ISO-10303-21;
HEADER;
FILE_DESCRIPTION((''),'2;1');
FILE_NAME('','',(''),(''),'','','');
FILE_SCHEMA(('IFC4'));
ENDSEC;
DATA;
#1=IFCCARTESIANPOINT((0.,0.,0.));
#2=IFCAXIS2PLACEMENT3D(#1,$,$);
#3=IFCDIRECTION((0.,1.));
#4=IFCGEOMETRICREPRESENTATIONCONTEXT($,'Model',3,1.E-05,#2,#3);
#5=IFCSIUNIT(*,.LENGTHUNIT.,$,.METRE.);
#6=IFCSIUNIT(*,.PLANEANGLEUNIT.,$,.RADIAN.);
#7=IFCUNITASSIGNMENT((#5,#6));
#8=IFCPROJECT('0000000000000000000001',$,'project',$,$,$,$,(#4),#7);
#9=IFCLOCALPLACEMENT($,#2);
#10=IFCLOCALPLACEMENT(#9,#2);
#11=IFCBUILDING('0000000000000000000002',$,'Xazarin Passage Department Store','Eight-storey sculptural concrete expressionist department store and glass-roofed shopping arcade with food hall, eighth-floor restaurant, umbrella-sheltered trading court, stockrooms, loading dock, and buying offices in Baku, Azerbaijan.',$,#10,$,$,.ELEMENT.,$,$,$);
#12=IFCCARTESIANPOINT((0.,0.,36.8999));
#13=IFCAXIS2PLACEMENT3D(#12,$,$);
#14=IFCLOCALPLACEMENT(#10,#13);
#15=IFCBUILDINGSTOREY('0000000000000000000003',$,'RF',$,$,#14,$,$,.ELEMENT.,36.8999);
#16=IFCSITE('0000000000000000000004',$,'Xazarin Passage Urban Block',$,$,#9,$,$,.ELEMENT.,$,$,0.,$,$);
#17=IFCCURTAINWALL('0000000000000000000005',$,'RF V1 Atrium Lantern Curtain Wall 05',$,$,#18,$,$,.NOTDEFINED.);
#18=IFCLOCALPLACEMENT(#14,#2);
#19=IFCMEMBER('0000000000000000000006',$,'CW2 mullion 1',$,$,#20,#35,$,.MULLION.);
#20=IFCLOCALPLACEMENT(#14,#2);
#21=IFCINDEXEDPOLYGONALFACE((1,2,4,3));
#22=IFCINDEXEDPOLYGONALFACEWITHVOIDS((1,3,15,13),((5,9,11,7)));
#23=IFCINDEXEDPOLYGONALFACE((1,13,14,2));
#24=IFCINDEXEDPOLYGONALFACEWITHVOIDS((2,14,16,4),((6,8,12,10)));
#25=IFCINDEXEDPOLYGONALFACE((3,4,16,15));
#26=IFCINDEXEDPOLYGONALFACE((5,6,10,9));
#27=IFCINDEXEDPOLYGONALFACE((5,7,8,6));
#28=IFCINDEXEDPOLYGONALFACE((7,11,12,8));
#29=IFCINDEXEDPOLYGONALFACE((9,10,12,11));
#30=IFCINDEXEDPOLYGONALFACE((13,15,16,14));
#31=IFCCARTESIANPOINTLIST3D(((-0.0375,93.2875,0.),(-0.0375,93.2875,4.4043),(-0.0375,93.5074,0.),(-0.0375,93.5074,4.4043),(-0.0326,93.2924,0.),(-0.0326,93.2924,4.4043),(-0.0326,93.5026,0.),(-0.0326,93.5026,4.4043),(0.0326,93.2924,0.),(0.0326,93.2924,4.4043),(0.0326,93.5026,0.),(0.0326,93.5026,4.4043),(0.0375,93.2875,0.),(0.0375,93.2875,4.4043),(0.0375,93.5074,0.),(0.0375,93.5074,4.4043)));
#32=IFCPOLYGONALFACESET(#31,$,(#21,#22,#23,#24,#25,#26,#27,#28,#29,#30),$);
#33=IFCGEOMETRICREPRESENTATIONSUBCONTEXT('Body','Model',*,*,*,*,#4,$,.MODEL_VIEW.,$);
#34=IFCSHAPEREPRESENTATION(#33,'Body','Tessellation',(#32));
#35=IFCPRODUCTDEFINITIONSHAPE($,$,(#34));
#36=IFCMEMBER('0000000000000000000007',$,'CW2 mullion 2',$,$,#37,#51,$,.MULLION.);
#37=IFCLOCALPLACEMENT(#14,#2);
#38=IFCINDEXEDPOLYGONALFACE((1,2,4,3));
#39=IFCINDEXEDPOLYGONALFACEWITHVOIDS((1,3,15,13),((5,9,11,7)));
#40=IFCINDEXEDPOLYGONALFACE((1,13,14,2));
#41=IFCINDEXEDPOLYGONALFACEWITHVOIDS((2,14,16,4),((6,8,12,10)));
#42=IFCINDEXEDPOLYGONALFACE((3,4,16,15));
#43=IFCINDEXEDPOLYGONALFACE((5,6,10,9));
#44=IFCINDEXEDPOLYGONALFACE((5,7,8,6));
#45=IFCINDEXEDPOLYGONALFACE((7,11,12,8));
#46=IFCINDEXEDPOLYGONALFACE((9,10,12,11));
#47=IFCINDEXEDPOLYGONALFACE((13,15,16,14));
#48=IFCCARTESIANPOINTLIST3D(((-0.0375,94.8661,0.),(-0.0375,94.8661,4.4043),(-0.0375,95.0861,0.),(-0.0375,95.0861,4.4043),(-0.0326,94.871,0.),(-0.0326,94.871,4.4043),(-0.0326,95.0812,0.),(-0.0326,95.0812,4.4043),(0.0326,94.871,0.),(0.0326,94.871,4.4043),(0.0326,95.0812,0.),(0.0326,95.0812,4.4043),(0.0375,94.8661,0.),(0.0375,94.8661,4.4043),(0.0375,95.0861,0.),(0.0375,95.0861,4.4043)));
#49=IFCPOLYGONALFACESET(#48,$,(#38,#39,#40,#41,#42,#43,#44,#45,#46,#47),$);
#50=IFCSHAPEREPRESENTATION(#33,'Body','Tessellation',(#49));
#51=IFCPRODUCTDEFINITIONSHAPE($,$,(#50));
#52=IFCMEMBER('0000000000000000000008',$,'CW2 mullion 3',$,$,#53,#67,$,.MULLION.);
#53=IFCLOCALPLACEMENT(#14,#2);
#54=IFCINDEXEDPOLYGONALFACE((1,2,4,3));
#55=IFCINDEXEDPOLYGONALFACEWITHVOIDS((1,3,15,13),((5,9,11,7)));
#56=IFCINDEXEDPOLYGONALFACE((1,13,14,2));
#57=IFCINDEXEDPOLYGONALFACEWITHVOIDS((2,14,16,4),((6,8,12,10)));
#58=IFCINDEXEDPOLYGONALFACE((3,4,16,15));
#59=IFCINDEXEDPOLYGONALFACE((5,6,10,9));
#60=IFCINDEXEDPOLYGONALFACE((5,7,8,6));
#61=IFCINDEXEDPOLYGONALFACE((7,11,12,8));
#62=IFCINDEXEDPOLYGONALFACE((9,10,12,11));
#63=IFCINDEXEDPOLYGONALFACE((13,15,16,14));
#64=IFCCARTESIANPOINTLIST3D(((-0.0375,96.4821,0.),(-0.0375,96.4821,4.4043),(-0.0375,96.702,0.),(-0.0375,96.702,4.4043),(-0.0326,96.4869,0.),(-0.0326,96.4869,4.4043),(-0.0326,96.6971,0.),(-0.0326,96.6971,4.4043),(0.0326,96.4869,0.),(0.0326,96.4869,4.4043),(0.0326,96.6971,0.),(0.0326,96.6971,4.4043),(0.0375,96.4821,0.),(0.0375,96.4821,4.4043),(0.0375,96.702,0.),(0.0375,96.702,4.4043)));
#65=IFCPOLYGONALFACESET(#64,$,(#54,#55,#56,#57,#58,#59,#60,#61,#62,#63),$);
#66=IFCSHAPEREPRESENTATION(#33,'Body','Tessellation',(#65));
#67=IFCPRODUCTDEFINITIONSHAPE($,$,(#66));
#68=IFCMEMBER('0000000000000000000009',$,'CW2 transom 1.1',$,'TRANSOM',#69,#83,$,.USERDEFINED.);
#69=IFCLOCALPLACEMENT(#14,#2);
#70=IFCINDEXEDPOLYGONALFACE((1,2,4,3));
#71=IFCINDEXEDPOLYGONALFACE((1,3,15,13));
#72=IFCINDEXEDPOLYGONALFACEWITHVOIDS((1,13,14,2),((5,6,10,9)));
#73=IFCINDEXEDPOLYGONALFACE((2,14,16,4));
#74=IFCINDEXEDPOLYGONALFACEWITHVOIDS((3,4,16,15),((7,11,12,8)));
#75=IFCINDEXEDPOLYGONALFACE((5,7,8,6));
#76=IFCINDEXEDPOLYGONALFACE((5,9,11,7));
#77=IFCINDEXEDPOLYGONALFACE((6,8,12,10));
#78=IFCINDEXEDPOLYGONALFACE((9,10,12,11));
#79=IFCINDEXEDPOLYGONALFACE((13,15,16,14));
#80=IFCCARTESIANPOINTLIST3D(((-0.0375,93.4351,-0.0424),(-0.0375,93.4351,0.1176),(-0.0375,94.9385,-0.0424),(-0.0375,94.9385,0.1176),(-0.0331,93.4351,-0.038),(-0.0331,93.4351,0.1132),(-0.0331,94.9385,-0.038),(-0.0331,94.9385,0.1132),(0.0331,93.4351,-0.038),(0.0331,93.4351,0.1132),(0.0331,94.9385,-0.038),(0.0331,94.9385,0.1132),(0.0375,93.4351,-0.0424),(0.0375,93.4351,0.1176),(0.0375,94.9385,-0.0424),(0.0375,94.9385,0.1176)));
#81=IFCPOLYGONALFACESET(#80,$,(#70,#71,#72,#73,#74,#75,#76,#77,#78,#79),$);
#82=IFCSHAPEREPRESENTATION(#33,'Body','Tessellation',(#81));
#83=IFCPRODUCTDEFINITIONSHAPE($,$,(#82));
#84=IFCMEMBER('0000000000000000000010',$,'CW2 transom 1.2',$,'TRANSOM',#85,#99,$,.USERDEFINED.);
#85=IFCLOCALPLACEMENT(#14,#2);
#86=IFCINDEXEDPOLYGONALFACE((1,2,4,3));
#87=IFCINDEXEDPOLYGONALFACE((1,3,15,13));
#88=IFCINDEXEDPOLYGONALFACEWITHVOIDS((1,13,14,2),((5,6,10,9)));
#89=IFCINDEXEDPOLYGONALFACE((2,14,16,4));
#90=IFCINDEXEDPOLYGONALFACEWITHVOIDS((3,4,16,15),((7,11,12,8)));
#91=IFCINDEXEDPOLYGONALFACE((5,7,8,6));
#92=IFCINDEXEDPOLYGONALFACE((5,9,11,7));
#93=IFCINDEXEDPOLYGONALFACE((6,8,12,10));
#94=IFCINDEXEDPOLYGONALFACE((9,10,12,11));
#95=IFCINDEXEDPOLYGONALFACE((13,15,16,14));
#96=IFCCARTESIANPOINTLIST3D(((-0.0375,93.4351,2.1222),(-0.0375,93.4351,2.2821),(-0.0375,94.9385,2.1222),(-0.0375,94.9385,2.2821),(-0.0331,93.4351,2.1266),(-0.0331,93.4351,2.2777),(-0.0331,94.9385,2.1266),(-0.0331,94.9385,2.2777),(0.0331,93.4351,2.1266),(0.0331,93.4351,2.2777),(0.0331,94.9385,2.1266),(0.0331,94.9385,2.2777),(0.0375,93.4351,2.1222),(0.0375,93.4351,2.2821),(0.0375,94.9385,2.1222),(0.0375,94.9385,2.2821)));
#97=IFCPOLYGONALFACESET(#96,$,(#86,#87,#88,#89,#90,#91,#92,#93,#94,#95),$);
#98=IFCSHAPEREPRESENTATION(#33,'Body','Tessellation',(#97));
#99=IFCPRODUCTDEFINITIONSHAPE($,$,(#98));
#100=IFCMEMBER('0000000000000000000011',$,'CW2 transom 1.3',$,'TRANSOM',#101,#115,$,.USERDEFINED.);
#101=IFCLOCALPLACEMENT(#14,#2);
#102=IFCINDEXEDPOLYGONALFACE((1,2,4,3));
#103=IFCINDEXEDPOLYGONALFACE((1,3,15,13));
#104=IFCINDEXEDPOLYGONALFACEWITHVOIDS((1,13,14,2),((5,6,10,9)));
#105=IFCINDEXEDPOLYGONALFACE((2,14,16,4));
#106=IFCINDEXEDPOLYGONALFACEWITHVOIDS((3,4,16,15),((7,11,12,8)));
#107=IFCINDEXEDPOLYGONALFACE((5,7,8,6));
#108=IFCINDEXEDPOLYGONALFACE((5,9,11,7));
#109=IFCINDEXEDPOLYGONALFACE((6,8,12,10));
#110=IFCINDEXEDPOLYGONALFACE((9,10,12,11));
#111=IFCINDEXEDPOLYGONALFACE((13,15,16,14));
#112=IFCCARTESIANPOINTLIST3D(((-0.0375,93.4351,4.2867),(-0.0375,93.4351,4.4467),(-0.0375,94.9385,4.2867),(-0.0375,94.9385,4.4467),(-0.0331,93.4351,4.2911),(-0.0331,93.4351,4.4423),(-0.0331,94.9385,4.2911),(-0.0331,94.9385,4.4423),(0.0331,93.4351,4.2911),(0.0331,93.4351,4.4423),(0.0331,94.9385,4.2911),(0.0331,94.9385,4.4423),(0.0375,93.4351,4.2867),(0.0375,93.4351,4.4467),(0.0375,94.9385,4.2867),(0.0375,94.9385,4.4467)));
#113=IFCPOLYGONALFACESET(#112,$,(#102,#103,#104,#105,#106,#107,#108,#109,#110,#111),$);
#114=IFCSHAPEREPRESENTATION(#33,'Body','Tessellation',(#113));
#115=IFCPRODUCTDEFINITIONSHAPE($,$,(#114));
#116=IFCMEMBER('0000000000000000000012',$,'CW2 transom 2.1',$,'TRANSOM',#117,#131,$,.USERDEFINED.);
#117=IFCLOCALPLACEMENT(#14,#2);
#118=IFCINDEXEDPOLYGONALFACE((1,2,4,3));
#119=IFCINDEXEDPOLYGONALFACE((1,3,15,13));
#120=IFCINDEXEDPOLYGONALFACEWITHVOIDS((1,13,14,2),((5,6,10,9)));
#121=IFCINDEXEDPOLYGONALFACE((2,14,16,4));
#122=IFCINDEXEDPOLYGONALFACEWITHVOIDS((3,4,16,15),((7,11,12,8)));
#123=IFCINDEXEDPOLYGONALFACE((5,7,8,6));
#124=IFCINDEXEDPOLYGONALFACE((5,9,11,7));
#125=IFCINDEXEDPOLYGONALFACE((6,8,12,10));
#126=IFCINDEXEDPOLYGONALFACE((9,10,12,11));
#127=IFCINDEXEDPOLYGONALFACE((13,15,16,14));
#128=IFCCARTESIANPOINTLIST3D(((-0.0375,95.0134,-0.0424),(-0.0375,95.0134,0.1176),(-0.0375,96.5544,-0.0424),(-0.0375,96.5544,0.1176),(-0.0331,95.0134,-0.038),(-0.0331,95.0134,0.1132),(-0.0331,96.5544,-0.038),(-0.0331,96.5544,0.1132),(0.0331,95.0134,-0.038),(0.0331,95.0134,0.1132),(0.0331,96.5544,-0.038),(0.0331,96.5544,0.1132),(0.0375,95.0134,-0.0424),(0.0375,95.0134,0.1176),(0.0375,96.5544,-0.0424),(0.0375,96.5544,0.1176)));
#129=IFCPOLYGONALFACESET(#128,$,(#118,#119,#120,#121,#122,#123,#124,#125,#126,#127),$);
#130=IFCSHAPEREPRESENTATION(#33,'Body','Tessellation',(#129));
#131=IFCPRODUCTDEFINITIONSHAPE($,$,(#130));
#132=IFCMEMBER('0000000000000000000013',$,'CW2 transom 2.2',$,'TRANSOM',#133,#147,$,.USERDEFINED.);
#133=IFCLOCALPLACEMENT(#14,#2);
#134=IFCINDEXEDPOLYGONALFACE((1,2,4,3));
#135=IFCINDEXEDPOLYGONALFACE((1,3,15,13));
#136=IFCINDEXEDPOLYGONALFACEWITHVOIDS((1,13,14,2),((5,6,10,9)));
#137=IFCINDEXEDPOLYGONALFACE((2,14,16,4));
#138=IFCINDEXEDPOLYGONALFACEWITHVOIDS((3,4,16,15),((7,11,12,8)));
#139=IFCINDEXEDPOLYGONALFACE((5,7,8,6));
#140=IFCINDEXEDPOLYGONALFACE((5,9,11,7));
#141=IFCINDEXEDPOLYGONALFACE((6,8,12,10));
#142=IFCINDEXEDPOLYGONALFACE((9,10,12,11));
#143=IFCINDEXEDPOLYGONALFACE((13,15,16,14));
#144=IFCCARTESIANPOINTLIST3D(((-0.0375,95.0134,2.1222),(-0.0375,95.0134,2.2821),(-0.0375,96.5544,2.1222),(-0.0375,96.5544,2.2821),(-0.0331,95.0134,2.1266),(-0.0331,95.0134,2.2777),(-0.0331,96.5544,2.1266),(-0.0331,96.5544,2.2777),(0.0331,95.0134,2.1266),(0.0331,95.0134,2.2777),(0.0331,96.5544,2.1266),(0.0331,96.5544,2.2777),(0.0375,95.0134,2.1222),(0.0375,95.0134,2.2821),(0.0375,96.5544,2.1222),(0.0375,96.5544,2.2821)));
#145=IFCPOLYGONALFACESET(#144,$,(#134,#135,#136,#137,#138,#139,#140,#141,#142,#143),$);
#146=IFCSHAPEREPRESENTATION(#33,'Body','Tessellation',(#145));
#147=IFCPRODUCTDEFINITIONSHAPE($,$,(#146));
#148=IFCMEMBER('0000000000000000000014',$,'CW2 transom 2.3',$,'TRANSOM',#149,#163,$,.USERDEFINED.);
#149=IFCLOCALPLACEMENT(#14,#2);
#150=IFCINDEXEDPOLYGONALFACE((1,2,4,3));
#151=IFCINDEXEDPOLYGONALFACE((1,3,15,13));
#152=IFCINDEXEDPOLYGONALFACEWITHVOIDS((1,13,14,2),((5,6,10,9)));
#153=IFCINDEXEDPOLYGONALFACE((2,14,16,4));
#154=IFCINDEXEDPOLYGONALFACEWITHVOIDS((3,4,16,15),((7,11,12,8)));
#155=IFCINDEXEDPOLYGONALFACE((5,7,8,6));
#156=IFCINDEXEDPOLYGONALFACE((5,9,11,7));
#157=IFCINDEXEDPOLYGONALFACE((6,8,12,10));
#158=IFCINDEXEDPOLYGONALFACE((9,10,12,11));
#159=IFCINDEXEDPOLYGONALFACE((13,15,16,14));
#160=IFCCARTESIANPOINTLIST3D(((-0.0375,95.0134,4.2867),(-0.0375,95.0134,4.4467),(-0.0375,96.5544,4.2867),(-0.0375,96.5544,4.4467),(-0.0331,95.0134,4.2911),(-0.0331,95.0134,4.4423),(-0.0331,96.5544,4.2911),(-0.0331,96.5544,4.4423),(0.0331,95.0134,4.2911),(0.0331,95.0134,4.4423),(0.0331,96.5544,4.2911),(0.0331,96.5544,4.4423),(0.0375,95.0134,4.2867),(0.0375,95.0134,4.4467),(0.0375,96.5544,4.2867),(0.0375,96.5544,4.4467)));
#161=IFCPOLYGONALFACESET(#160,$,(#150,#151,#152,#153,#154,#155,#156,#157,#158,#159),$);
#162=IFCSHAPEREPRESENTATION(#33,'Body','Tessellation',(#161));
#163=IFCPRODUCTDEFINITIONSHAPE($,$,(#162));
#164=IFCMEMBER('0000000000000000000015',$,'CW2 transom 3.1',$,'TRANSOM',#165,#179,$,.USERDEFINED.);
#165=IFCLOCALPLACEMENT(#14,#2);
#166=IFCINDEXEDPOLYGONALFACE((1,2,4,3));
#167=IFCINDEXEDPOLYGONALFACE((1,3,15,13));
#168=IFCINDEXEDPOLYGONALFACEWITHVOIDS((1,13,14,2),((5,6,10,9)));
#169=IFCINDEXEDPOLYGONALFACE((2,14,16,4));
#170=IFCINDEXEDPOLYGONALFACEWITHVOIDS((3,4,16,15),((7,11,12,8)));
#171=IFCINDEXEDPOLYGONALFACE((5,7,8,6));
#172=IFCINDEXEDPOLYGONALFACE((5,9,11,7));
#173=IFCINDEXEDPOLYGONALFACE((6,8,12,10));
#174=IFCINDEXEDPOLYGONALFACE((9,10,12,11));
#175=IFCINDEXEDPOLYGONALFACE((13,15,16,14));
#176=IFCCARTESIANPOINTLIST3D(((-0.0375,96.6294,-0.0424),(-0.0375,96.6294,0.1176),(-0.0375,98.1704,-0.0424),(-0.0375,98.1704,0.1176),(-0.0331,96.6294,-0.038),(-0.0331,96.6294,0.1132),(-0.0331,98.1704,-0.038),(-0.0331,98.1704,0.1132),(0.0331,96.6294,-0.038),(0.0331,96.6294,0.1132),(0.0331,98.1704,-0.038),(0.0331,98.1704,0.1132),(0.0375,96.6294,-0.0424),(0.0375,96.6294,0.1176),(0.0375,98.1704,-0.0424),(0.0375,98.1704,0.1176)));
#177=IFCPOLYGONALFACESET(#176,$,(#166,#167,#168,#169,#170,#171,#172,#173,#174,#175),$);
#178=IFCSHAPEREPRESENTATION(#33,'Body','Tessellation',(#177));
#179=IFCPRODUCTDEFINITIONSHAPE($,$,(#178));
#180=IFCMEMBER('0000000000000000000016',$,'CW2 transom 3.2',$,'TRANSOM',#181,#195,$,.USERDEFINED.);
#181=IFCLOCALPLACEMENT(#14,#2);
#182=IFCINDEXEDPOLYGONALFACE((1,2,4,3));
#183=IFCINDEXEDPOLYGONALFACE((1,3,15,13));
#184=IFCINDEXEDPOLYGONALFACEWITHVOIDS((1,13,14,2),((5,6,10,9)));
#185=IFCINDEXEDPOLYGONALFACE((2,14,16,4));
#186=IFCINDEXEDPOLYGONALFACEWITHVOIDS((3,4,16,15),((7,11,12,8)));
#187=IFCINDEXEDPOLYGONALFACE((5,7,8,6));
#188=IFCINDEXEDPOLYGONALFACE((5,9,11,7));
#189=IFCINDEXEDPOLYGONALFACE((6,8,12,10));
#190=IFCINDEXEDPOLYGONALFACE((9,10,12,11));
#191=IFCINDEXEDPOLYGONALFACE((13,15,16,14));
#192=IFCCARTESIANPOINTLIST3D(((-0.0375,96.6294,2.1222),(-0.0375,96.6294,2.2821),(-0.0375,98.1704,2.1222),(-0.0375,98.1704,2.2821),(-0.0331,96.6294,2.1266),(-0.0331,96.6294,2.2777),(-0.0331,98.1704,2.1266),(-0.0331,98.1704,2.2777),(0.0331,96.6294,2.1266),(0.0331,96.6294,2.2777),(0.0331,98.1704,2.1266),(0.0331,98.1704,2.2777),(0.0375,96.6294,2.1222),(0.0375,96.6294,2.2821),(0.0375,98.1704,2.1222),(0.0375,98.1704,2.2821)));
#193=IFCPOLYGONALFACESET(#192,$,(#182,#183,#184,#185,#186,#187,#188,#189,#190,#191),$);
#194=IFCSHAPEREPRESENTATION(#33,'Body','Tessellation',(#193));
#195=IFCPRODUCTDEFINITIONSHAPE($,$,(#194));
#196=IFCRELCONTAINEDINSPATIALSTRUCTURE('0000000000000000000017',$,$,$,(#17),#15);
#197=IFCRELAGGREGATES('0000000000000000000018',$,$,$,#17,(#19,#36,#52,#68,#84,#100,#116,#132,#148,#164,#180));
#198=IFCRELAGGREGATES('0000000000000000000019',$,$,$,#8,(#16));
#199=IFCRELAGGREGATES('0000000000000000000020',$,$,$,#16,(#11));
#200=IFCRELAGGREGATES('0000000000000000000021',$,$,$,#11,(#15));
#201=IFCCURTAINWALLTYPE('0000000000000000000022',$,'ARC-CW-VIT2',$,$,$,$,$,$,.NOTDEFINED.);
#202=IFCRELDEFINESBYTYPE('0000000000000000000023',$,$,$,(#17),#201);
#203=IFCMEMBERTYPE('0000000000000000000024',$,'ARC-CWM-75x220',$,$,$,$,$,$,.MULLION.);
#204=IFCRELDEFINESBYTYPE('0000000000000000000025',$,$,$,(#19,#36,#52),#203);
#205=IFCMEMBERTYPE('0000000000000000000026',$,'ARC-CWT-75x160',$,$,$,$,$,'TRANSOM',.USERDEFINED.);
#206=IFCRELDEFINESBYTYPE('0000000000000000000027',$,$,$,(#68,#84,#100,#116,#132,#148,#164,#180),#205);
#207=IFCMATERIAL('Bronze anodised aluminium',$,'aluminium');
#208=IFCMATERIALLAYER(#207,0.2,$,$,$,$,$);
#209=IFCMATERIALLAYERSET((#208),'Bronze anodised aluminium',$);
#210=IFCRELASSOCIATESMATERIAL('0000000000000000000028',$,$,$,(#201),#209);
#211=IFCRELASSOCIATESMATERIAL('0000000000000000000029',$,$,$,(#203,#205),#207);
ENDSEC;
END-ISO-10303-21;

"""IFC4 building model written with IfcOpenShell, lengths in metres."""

from ifc_helpers import new_model, si_unit, direction, frame, origin, origin_2d, place, context, subcontext, project, spatial, hollow_rectangle, extrude, material, layer, layer_set, material_profile, profile_set, type_object, element, aggregate, save


model = new_model("IFC4")

# Units and contexts
model_context = context("Model", 3, precision=1e-05, world=origin(), true_north=direction((0.0, 1.0)))
body_context = subcontext(model_context, "Body", "Model", "MODEL_VIEW")
ifc_project = project(units=[si_unit("LENGTHUNIT", "METRE"), si_unit("PLANEANGLEUNIT", "RADIAN")], contexts=[model_context])

# Site, building, storey
site_placement = place(None, origin())
site = spatial("IfcSite", under=ifc_project, at=site_placement, Name="Xazarin Passage Urban Block", CompositionType="ELEMENT", RefElevation=0.0)
building_placement = place(site_placement, origin())
building = spatial("IfcBuilding", under=site, at=building_placement, Name="Xazarin Passage Department Store", Description="Eight-storey sculptural concrete expressionist department store and glass-roofed shopping arcade with food hall, eighth-floor restaurant, umbrella-sheltered trading court, stockrooms, loading dock, and buying offices in Baku, Azerbaijan.", CompositionType="ELEMENT")
storey_placement = place(building_placement, frame((0.0, 0.0, 36.8999)))
storey = spatial("IfcBuildingStorey", under=building, at=storey_placement, Name="RF", CompositionType="ELEMENT", Elevation=36.8999)

# Curtain wall, members
ifc_material_1 = material(Name="Bronze anodised aluminium", Category="aluminium")
ifc_layer_1 = layer(ifc_material_1, 0.2)
ifc_layer_set_1 = layer_set([ifc_layer_1], Name="Bronze anodised aluminium")
curtain_wall_type = type_object("IfcCurtainWallType", Name="ARC-CW-VIT2", PredefinedType="NOTDEFINED", material=ifc_layer_set_1)
curtain_wall_placement = place(storey_placement, origin())
curtain_wall = element("IfcCurtainWall", 1, at=curtain_wall_placement, inside=storey, type_object=curtain_wall_type, Name="RF V1 Atrium Lantern Curtain Wall 05", PredefinedType="NOTDEFINED")
ifc_material_profile_1 = material_profile(ifc_material_1, hollow_rectangle(XDim=0.075, YDim=0.22, WallThickness=0.0049, at=origin_2d()), Name="ALU 75x220")
ifc_profile_set_1 = profile_set([ifc_material_profile_1], Name="Bronze anodised aluminium")
member_type_1 = type_object("IfcMemberType", Name="ARC-CWM-75x220", PredefinedType="MULLION", material=ifc_profile_set_1)
member_1_placement = place(storey_placement, frame((0.0, 93.3975, 0.0), z_axis=(0.0, 0.0, 1.0), x_axis=(-1.0, 0.0, 0.0)))
member_1 = element("IfcMember", 2, at=member_1_placement, type_object=member_type_1, Name="CW2 mullion 1", PredefinedType="MULLION", context=body_context, shape_type="SweptSolid", body=[
    extrude(hollow_rectangle(XDim=0.075, YDim=0.22, WallThickness=0.0049, at=origin_2d()), origin(), (0.0, 0.0, 1.0), 4.4043),
])
member_2_placement = place(storey_placement, frame((0.0, 94.9761, 0.0), z_axis=(0.0, 0.0, 1.0), x_axis=(-1.0, 0.0, 0.0)))
member_2 = element("IfcMember", 3, at=member_2_placement, type_object=member_type_1, Name="CW2 mullion 2", PredefinedType="MULLION", context=body_context, shape_type="SweptSolid", body=[
    extrude(hollow_rectangle(XDim=0.075, YDim=0.22, WallThickness=0.0049, at=origin_2d()), origin(), (0.0, 0.0, 1.0), 4.4043),
])
member_3_placement = place(storey_placement, frame((0.0, 96.592, 0.0), z_axis=(0.0, 0.0, 1.0), x_axis=(-1.0, 0.0, 0.0)))
member_3 = element("IfcMember", 4, at=member_3_placement, type_object=member_type_1, Name="CW2 mullion 3", PredefinedType="MULLION", context=body_context, shape_type="SweptSolid", body=[
    extrude(hollow_rectangle(XDim=0.075, YDim=0.22, WallThickness=0.0049, at=origin_2d()), origin(), (0.0, 0.0, 1.0), 4.4043),
])
ifc_material_profile_2 = material_profile(ifc_material_1, hollow_rectangle(XDim=0.075, YDim=0.1599, WallThickness=0.0044, at=origin_2d()), Name="ALU 75x160")
ifc_profile_set_2 = profile_set([ifc_material_profile_2], Name="Bronze anodised aluminium")
member_type_2 = type_object("IfcMemberType", Name="ARC-CWT-75x160", ElementType="TRANSOM", PredefinedType="USERDEFINED", material=ifc_profile_set_2)
member_4_placement = place(storey_placement, frame((0.0, 93.4351, 0.0376), z_axis=(0.0, 1.0, 0.0), x_axis=(-1.0, 0.0, 0.0)))
member_4 = element("IfcMember", 5, at=member_4_placement, type_object=member_type_2, Name="CW2 transom 1.1", ObjectType="TRANSOM", PredefinedType="USERDEFINED", context=body_context, shape_type="SweptSolid", body=[
    extrude(hollow_rectangle(XDim=0.075, YDim=0.1599, WallThickness=0.0044, at=origin_2d()), origin(), (0.0, 0.0, 1.0), 1.5034),
])
member_5_placement = place(storey_placement, frame((0.0, 93.4351, 2.2021), z_axis=(0.0, 1.0, 0.0), x_axis=(-1.0, 0.0, 0.0)))
member_5 = element("IfcMember", 6, at=member_5_placement, type_object=member_type_2, Name="CW2 transom 1.2", ObjectType="TRANSOM", PredefinedType="USERDEFINED", context=body_context, shape_type="SweptSolid", body=[
    extrude(hollow_rectangle(XDim=0.075, YDim=0.1599, WallThickness=0.0044, at=origin_2d()), origin(), (0.0, 0.0, 1.0), 1.5034),
])
member_6_placement = place(storey_placement, frame((0.0, 93.4351, 4.3667), z_axis=(0.0, 1.0, 0.0), x_axis=(-1.0, 0.0, 0.0)))
member_6 = element("IfcMember", 7, at=member_6_placement, type_object=member_type_2, Name="CW2 transom 1.3", ObjectType="TRANSOM", PredefinedType="USERDEFINED", context=body_context, shape_type="SweptSolid", body=[
    extrude(hollow_rectangle(XDim=0.075, YDim=0.1599, WallThickness=0.0044, at=origin_2d()), origin(), (0.0, 0.0, 1.0), 1.5034),
])
member_7_placement = place(storey_placement, frame((0.0, 95.0134, 0.0376), z_axis=(0.0, 1.0, 0.0), x_axis=(-1.0, 0.0, 0.0)))
member_7 = element("IfcMember", 8, at=member_7_placement, type_object=member_type_2, Name="CW2 transom 2.1", ObjectType="TRANSOM", PredefinedType="USERDEFINED", context=body_context, shape_type="SweptSolid", body=[
    extrude(hollow_rectangle(XDim=0.075, YDim=0.1599, WallThickness=0.0044, at=origin_2d()), origin(), (0.0, 0.0, 1.0), 1.541),
])
member_8_placement = place(storey_placement, frame((0.0, 95.0134, 2.2021), z_axis=(0.0, 1.0, 0.0), x_axis=(-1.0, 0.0, 0.0)))
member_8 = element("IfcMember", 9, at=member_8_placement, type_object=member_type_2, Name="CW2 transom 2.2", ObjectType="TRANSOM", PredefinedType="USERDEFINED", context=body_context, shape_type="SweptSolid", body=[
    extrude(hollow_rectangle(XDim=0.075, YDim=0.1599, WallThickness=0.0044, at=origin_2d()), origin(), (0.0, 0.0, 1.0), 1.541),
])
member_9_placement = place(storey_placement, frame((0.0, 95.0134, 4.3667), z_axis=(0.0, 1.0, 0.0), x_axis=(-1.0, 0.0, 0.0)))
member_9 = element("IfcMember", 10, at=member_9_placement, type_object=member_type_2, Name="CW2 transom 2.3", ObjectType="TRANSOM", PredefinedType="USERDEFINED", context=body_context, shape_type="SweptSolid", body=[
    extrude(hollow_rectangle(XDim=0.075, YDim=0.1599, WallThickness=0.0044, at=origin_2d()), origin(), (0.0, 0.0, 1.0), 1.541),
])
member_10_placement = place(storey_placement, frame((0.0, 96.6294, 0.0376), z_axis=(0.0, 1.0, 0.0), x_axis=(-1.0, 0.0, 0.0)))
member_10 = element("IfcMember", 11, at=member_10_placement, type_object=member_type_2, Name="CW2 transom 3.1", ObjectType="TRANSOM", PredefinedType="USERDEFINED", context=body_context, shape_type="SweptSolid", body=[
    extrude(hollow_rectangle(XDim=0.075, YDim=0.1599, WallThickness=0.0044, at=origin_2d()), origin(), (0.0, 0.0, 1.0), 1.541),
])
member_11_placement = place(storey_placement, frame((0.0, 96.6294, 2.2021), z_axis=(0.0, 1.0, 0.0), x_axis=(-1.0, 0.0, 0.0)))
member_11 = element("IfcMember", 12, at=member_11_placement, type_object=member_type_2, Name="CW2 transom 3.2", ObjectType="TRANSOM", PredefinedType="USERDEFINED", context=body_context, shape_type="SweptSolid", body=[
    extrude(hollow_rectangle(XDim=0.075, YDim=0.1599, WallThickness=0.0044, at=origin_2d()), origin(), (0.0, 0.0, 1.0), 1.541),
])

aggregate(curtain_wall, [member_1, member_2, member_3, member_4, member_5, member_6, member_7, member_8, member_9, member_10, member_11])

save(model, "model.ifc")
